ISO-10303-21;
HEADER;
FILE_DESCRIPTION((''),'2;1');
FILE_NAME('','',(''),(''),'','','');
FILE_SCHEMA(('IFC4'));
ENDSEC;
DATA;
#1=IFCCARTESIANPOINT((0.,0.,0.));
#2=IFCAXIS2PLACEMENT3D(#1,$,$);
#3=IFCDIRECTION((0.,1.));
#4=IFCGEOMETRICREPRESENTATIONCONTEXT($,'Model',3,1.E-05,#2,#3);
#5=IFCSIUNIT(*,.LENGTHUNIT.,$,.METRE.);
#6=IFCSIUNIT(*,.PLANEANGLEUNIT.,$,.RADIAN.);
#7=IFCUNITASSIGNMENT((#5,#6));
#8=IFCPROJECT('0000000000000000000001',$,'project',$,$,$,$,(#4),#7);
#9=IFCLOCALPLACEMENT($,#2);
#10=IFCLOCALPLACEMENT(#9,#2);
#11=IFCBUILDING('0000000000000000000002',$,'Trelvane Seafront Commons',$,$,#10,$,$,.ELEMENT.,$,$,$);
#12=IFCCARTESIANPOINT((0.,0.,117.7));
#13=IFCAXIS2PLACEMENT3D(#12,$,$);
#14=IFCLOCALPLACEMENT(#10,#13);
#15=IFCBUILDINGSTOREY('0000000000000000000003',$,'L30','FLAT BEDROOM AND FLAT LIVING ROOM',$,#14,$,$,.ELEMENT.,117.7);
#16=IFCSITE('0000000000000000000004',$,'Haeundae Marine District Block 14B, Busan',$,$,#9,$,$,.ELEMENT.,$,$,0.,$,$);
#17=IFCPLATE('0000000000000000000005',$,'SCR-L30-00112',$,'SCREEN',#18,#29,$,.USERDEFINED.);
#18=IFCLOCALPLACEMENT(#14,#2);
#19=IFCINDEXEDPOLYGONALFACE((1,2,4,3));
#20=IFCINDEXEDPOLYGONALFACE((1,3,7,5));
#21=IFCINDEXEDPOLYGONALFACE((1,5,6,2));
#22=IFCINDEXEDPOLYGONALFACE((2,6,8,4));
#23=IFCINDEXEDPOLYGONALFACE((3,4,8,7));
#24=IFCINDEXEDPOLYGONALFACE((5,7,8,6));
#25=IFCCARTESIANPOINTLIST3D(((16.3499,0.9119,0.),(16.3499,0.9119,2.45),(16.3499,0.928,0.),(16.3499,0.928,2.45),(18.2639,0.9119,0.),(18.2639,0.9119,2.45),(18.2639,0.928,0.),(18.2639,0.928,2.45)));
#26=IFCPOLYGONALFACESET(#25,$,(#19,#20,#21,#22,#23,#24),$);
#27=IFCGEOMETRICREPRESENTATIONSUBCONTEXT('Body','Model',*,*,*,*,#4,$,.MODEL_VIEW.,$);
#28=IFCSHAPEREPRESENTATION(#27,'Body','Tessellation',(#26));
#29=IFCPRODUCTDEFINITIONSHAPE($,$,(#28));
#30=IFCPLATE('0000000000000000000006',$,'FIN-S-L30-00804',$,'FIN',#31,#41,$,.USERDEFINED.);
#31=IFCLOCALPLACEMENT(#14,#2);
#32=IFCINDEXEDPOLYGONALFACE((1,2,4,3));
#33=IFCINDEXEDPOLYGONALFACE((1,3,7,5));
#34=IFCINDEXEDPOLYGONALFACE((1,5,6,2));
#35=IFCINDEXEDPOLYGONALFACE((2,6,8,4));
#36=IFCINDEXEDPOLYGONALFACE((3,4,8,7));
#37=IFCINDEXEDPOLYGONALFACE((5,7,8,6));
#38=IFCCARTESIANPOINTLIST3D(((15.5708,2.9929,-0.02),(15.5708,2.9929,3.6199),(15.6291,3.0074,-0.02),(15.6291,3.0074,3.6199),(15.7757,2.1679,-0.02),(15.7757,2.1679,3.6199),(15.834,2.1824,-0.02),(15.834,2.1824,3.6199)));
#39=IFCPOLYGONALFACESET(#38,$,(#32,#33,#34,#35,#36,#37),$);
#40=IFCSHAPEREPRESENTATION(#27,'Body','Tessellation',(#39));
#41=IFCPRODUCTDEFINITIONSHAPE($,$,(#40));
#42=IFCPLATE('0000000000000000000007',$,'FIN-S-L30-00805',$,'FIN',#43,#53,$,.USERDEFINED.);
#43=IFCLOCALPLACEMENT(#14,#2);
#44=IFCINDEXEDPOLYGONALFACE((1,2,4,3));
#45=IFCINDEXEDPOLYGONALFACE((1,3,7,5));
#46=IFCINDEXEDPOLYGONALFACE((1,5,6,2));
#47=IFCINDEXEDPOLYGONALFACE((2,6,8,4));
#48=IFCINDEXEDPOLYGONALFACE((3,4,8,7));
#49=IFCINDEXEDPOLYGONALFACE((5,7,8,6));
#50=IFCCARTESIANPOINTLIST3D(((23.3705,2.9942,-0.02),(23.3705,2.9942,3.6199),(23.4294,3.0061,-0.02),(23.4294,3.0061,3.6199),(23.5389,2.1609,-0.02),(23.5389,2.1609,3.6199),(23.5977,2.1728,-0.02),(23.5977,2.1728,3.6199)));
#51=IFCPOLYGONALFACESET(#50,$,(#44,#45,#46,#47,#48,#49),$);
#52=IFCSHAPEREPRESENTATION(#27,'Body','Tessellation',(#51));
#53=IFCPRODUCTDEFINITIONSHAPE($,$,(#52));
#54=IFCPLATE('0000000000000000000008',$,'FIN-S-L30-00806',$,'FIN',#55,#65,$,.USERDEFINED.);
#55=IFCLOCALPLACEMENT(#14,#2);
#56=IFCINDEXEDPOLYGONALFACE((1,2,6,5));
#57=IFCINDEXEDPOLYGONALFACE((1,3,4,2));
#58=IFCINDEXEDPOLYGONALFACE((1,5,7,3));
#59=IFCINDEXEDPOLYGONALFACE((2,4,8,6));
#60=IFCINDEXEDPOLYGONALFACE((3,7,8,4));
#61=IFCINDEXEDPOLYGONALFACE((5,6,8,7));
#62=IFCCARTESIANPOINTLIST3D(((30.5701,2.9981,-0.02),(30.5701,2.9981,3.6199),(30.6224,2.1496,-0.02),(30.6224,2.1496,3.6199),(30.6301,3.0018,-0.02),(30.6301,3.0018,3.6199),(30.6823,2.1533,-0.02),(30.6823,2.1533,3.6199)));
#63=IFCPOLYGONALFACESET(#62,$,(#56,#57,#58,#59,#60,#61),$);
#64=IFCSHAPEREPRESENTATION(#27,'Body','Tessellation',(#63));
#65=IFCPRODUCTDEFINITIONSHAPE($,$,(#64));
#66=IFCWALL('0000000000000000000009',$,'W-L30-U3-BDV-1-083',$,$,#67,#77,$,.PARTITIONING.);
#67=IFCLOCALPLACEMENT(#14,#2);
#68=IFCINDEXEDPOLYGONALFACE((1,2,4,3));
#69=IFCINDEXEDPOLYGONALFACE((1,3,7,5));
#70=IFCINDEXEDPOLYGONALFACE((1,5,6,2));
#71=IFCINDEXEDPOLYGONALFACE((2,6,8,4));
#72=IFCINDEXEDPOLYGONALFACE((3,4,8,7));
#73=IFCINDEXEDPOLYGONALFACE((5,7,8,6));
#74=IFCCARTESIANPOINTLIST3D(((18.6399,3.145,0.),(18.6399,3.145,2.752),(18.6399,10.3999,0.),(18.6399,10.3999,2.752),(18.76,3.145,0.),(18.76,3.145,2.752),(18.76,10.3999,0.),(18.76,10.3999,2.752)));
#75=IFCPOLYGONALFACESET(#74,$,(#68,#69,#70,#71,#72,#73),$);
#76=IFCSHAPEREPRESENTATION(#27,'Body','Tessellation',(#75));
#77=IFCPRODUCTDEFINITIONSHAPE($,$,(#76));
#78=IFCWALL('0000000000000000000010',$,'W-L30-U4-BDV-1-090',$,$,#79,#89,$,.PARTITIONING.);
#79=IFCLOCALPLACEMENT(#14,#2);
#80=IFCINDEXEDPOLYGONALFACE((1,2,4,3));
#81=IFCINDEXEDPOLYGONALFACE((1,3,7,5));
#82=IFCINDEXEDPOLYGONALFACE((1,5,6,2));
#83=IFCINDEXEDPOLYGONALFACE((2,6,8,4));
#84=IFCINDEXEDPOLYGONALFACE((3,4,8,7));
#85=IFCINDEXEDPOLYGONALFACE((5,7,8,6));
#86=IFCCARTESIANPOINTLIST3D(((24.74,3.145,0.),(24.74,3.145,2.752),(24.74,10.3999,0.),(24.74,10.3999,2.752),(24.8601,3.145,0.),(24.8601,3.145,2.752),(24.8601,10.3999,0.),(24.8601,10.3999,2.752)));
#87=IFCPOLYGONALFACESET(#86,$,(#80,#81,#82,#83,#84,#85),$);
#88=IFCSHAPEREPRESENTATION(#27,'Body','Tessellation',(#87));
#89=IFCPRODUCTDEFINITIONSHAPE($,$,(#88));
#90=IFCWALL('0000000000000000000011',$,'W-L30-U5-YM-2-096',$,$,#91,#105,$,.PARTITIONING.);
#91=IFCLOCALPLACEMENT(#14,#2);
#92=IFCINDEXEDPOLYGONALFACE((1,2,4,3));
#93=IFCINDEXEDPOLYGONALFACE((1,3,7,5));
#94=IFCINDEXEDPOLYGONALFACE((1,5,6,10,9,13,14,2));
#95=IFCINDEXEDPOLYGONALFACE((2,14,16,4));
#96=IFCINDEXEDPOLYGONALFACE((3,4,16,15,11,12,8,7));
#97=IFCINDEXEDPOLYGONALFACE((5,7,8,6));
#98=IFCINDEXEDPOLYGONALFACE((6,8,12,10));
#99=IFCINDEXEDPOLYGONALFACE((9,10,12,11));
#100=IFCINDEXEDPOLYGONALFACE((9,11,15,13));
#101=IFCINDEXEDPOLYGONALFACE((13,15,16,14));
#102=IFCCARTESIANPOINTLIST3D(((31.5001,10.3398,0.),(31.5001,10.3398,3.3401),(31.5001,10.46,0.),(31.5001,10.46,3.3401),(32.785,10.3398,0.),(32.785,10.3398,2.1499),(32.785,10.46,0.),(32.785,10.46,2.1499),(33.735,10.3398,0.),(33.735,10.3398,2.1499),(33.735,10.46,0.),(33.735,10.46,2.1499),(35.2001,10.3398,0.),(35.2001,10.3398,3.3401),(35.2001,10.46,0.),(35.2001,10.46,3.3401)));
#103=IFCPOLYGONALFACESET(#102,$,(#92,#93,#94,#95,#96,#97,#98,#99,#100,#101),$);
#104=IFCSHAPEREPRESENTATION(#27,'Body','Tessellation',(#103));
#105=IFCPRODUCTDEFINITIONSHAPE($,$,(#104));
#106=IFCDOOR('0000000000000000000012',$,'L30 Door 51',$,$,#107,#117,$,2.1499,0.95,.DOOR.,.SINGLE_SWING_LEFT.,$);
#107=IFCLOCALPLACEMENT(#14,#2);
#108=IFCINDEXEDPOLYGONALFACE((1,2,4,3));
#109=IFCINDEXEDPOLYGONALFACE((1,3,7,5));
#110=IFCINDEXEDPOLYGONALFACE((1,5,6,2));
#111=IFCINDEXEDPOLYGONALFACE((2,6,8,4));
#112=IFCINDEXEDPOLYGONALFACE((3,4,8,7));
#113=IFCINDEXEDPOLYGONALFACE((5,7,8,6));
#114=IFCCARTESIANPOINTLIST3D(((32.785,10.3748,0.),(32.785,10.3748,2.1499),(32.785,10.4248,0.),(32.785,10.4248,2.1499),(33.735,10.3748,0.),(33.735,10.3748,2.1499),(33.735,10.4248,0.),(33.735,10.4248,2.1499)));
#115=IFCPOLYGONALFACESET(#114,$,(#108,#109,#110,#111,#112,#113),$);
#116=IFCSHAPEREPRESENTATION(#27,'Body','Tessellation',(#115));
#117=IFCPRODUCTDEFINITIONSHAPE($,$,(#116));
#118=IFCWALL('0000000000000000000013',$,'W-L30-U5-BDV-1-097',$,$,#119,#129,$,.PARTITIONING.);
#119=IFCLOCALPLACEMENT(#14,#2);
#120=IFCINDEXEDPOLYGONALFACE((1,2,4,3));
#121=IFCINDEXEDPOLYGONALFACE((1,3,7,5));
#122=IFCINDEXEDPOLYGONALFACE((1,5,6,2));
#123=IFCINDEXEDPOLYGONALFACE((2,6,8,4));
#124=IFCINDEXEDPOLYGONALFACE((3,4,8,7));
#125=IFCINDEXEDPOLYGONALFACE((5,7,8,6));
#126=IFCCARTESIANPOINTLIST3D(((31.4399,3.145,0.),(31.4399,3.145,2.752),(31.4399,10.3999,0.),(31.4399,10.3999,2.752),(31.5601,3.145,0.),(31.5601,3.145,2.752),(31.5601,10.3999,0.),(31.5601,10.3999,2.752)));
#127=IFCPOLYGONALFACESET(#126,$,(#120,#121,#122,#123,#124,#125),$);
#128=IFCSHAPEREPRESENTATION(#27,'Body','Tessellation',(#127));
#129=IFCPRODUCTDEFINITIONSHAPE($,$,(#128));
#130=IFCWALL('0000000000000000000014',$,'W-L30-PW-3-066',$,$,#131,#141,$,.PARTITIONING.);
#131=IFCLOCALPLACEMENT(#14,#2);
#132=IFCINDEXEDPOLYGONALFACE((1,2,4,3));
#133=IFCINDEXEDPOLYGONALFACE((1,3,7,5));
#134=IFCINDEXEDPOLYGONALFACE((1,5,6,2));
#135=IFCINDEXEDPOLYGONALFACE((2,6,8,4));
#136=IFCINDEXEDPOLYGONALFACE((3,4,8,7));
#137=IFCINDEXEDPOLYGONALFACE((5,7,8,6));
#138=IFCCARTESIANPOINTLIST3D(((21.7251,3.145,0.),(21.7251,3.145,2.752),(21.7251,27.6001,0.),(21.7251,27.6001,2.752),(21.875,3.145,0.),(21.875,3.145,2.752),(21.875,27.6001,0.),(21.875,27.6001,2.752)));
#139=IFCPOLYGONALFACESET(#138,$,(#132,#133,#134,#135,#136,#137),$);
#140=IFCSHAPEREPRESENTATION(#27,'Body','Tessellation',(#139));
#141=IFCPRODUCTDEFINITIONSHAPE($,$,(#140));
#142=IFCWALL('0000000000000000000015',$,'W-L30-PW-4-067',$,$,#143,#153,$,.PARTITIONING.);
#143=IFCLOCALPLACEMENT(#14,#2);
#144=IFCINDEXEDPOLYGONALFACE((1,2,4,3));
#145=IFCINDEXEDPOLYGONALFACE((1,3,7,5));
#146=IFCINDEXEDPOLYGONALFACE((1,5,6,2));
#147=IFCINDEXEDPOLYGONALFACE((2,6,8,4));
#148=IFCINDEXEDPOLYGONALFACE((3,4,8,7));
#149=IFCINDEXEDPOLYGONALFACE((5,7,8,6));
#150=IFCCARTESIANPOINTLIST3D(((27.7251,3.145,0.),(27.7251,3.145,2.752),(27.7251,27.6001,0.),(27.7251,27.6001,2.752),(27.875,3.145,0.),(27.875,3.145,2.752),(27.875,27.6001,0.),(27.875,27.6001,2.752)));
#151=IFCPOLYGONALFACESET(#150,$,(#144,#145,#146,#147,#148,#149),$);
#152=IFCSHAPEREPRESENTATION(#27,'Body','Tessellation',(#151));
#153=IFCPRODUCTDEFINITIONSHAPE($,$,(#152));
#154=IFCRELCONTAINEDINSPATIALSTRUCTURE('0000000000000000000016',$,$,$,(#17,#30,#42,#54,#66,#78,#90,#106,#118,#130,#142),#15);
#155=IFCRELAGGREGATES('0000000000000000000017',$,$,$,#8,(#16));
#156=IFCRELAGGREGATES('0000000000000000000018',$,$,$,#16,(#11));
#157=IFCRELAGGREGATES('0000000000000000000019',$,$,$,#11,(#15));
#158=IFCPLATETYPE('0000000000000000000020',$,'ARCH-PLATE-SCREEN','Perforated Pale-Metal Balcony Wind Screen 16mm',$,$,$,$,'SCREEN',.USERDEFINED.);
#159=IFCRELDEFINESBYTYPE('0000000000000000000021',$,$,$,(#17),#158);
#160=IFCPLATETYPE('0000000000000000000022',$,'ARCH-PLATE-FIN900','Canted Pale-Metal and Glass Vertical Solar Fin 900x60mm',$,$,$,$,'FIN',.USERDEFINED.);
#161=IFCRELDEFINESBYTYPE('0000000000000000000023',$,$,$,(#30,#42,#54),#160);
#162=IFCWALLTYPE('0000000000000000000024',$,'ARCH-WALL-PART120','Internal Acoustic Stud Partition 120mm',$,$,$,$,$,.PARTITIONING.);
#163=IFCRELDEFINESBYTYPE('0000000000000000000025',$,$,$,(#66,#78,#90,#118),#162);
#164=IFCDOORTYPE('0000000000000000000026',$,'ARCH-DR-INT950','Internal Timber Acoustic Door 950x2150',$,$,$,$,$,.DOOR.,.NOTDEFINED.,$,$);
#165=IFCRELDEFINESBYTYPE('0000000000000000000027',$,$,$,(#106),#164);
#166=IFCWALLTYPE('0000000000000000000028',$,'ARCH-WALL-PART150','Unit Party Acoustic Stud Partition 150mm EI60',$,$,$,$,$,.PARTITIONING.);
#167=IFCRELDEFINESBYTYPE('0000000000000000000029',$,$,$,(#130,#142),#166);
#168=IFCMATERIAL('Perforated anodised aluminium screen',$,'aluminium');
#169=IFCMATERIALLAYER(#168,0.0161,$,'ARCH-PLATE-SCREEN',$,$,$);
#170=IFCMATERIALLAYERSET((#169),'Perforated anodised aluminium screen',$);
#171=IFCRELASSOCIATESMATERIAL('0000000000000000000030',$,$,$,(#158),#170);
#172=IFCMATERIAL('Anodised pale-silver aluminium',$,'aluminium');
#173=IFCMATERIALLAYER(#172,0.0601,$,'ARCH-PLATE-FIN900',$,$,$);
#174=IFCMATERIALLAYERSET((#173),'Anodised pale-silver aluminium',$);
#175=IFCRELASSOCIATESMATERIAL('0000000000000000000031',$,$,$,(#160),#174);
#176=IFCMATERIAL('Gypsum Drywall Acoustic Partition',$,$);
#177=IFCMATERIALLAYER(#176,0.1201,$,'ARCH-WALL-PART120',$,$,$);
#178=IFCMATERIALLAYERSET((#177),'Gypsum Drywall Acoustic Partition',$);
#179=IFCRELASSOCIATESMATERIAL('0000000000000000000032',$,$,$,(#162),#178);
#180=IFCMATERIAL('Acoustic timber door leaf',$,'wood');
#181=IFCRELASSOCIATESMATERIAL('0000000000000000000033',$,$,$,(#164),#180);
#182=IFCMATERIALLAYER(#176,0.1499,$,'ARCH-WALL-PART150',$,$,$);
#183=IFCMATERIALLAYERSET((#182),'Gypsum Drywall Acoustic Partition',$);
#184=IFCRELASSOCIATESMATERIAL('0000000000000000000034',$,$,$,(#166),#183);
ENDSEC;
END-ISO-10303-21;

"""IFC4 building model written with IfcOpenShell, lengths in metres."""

from ifc_helpers import new_model, si_unit, direction, frame, frame_2d, origin, origin_2d, place, context, subcontext, project, spatial, rectangle, extrude, source, transform, mapped, material, layer, layer_set, type_object, element, fill, save


model = new_model("IFC4")

# Units and contexts
model_context = context("Model", 3, precision=1e-05, world=origin(), true_north=direction((0.0, 1.0)))
body_context = subcontext(model_context, "Body", "Model", "MODEL_VIEW")
ifc_project = project(units=[si_unit("LENGTHUNIT", "METRE"), si_unit("PLANEANGLEUNIT", "RADIAN")], contexts=[model_context])

# Site, building, storey
site_placement = place(None, origin())
site = spatial("IfcSite", under=ifc_project, at=site_placement, Name="Haeundae Marine District Block 14B, Busan", CompositionType="ELEMENT", RefElevation=0.0)
building_placement = place(site_placement, origin())
building = spatial("IfcBuilding", under=site, at=building_placement, Name="Trelvane Seafront Commons", CompositionType="ELEMENT")
storey_placement = place(building_placement, frame((0.0, 0.0, 117.7)))
storey = spatial("IfcBuildingStorey", under=building, at=storey_placement, Name="L30", Description="FLAT BEDROOM AND FLAT LIVING ROOM", CompositionType="ELEMENT", Elevation=117.7)

# Plates
ifc_material_1 = material(Name="Perforated anodised aluminium screen", Category="aluminium")
ifc_layer_1 = layer(ifc_material_1, 0.0161, Name="ARCH-PLATE-SCREEN")
ifc_layer_set_1 = layer_set([ifc_layer_1], Name="Perforated anodised aluminium screen")
plate_type_1 = type_object("IfcPlateType", Name="ARCH-PLATE-SCREEN", Description="Perforated Pale-Metal Balcony Wind Screen 16mm", ElementType="SCREEN", PredefinedType="USERDEFINED", material=ifc_layer_set_1)
shared_shape_1 = source(origin(), body_context, "Body", "SweptSolid", [
    extrude(rectangle(XDim=1.9141, YDim=0.0161, at=origin_2d()), origin(), (0.0, 0.0, 1.0), 2.45),
])
plate_placement = place(storey_placement, frame((17.3069, 0.9199, 0.0), z_axis=(0.0, 0.0, 1.0), x_axis=(1.0, 0.0, 0.0)))
element("IfcPlate", 1, at=plate_placement, inside=storey, type_object=plate_type_1, Name="SCR-L30-00112", ObjectType="SCREEN", PredefinedType="USERDEFINED", context=body_context, shape_type="MappedRepresentation", body=[
    mapped(shared_shape_1, transform((0.0, 0.0, 0.0), x_axis=(1.0, 0.0, 0.0), y_axis=(0.0, 1.0, 0.0), z_axis=(0.0, 0.0, 1.0), scale=1.0)),
])
ifc_material_2 = material(Name="Anodised pale-silver aluminium", Category="aluminium")
ifc_layer_2 = layer(ifc_material_2, 0.0601, Name="ARCH-PLATE-FIN900")
ifc_layer_set_2 = layer_set([ifc_layer_2], Name="Anodised pale-silver aluminium")
plate_type_2 = type_object("IfcPlateType", Name="ARCH-PLATE-FIN900", Description="Canted Pale-Metal and Glass Vertical Solar Fin 900x60mm", ElementType="FIN", PredefinedType="USERDEFINED", material=ifc_layer_set_2)
shared_shape_2 = source(origin(), body_context, "Body", "SweptSolid", [
    extrude(rectangle(XDim=0.8501, YDim=0.0601, at=origin_2d()), origin(), (0.0, 0.0, 1.0), 3.6399),
])
for number, where, z_axis, x_axis, name in (
    (2, (15.7024, 2.5876, -0.02), (0.0, 0.0, 1.0), (0.241068, -0.970508, 0.0), "FIN-S-L30-00804"),
    (3, (23.4841, 2.5835, -0.02), (0.0, 0.0, 1.0), (0.197994, -0.980203, 0.0), "FIN-S-L30-00805"),
    (4, (30.6262, 2.5757, -0.02), (0.0, 0.0, 1.0), (0.061411, -0.998113, 0.0), "FIN-S-L30-00806"),
):
    element("IfcPlate", number, at=place(storey_placement, frame(where, z_axis=z_axis, x_axis=x_axis)), inside=storey, type_object=plate_type_2, Name=name, ObjectType="FIN", PredefinedType="USERDEFINED", context=body_context, shape_type="MappedRepresentation", body=[
        mapped(shared_shape_2, transform((0.0, 0.0, 0.0), x_axis=(1.0, 0.0, 0.0), y_axis=(0.0, 1.0, 0.0), z_axis=(0.0, 0.0, 1.0), scale=1.0)),
    ])

# Shared definitions
ifc_material_3 = material(Name="Gypsum Drywall Acoustic Partition")
ifc_layer_3 = layer(ifc_material_3, 0.1201, Name="ARCH-WALL-PART120")
ifc_layer_set_3 = layer_set([ifc_layer_3], Name="Gypsum Drywall Acoustic Partition")
wall_type_1 = type_object("IfcWallType", Name="ARCH-WALL-PART120", Description="Internal Acoustic Stud Partition 120mm", PredefinedType="PARTITIONING", material=ifc_layer_set_3)
ifc_material_4 = material(Name="Acoustic timber door leaf", Category="wood")
door_type = type_object("IfcDoorType", Name="ARCH-DR-INT950", Description="Internal Timber Acoustic Door 950x2150", OperationType="NOTDEFINED", PredefinedType="DOOR", material=ifc_material_4)
shared_shape_3 = source(origin(), body_context, "Body", "SweptSolid", [
    extrude(rectangle(XDim=0.95, YDim=2.1499, at=frame_2d((0.4751, 1.075))), frame((0.0, 0.0249, 0.0), z_axis=(0.0, -1.0, 0.0), x_axis=(1.0, 0.0, 0.0)), (0.0, 0.0, 1.0), 0.05),
])

# Wall
wall_1_placement = place(storey_placement, frame((18.7, 3.145, 0.0), z_axis=(0.0, 0.0, 1.0), x_axis=(0.0, 1.0, 0.0)))
element("IfcWall", 5, at=wall_1_placement, inside=storey, type_object=wall_type_1, Name="W-L30-U3-BDV-1-083", PredefinedType="PARTITIONING", context=body_context, shape_type="SweptSolid", body=[
    extrude(rectangle(XDim=7.2549, YDim=0.1201, at=frame_2d((3.6274, 0.0))), origin(), (0.0, 0.0, 1.0), 2.752),
])

# Wall
wall_2_placement = place(storey_placement, frame((24.8, 3.145, 0.0), z_axis=(0.0, 0.0, 1.0), x_axis=(0.0, 1.0, 0.0)))
element("IfcWall", 6, at=wall_2_placement, inside=storey, type_object=wall_type_1, Name="W-L30-U4-BDV-1-090", PredefinedType="PARTITIONING", context=body_context, shape_type="SweptSolid", body=[
    extrude(rectangle(XDim=7.2549, YDim=0.1201, at=frame_2d((3.6274, 0.0))), origin(), (0.0, 0.0, 1.0), 2.752),
])

# Wall, opening, door
wall_3_placement = place(storey_placement, frame((31.5, 10.3999, 0.0), z_axis=(0.0, 0.0, 1.0), x_axis=(1.0, 0.0, 0.0)))
wall_3 = element("IfcWall", 7, at=wall_3_placement, inside=storey, type_object=wall_type_1, Name="W-L30-U5-YM-2-096", PredefinedType="PARTITIONING", context=body_context, shape_type="SweptSolid", body=[
    extrude(rectangle(XDim=3.7, YDim=0.1201, at=frame_2d((1.8501, 0.0))), origin(), (0.0, 0.0, 1.0), 3.3401),
])
opening_1_placement = place(wall_3_placement, frame((1.2849, 0.0, 0.0)))
opening_1 = element("IfcOpeningElement", 8, at=opening_1_placement, cuts=wall_3, PredefinedType="OPENING", context=body_context, shape_type="SweptSolid", body=[
    extrude(rectangle(XDim=0.95, YDim=2.1499, at=frame_2d((0.4751, 1.075))), frame((0.0, 0.0701, 0.0), z_axis=(0.0, -1.0, 0.0), x_axis=(1.0, 0.0, 0.0)), (0.0, 0.0, 1.0), 0.1401),
])
door_1_placement = place(opening_1_placement, origin())
door_1 = element("IfcDoor", 9, at=door_1_placement, inside=storey, type_object=door_type, Name="L30 Door 51", OperationType="SINGLE_SWING_LEFT", OverallHeight=2.1499, OverallWidth=0.95, PredefinedType="DOOR", context=body_context, shape_type="MappedRepresentation", body=[
    mapped(shared_shape_3, transform((0.0, 0.0, 0.0), x_axis=(1.0, 0.0, 0.0), y_axis=(0.0, 1.0, 0.0), z_axis=(0.0, 0.0, 1.0), scale=1.0)),
])
fill(opening_1, door_1)

# Walls
wall_4_placement = place(storey_placement, frame((31.5, 3.145, 0.0), z_axis=(0.0, 0.0, 1.0), x_axis=(0.0, 1.0, 0.0)))
element("IfcWall", 10, at=wall_4_placement, inside=storey, type_object=wall_type_1, Name="W-L30-U5-BDV-1-097", PredefinedType="PARTITIONING", context=body_context, shape_type="SweptSolid", body=[
    extrude(rectangle(XDim=7.2549, YDim=0.1201, at=frame_2d((3.6274, 0.0))), origin(), (0.0, 0.0, 1.0), 2.752),
])
ifc_layer_4 = layer(ifc_material_3, 0.1499, Name="ARCH-WALL-PART150")
ifc_layer_set_4 = layer_set([ifc_layer_4], Name="Gypsum Drywall Acoustic Partition")
wall_type_2 = type_object("IfcWallType", Name="ARCH-WALL-PART150", Description="Unit Party Acoustic Stud Partition 150mm EI60", PredefinedType="PARTITIONING", material=ifc_layer_set_4)
for number, where, z_axis, x_axis, name in (
    (11, (21.8, 3.145, 0.0), (0.0, 0.0, 1.0), (0.0, 1.0, 0.0), "W-L30-PW-3-066"),
    (12, (27.8, 3.145, 0.0), (0.0, 0.0, 1.0), (0.0, 1.0, 0.0), "W-L30-PW-4-067"),
):
    element("IfcWall", number, at=place(storey_placement, frame(where, z_axis=z_axis, x_axis=x_axis)), inside=storey, type_object=wall_type_2, Name=name, PredefinedType="PARTITIONING", context=body_context, shape_type="SweptSolid", body=[
        extrude(rectangle(XDim=24.4551, YDim=0.1499, at=frame_2d((12.2275, 0.0))), origin(), (0.0, 0.0, 1.0), 2.752),
    ])

save(model, "model.ifc")
